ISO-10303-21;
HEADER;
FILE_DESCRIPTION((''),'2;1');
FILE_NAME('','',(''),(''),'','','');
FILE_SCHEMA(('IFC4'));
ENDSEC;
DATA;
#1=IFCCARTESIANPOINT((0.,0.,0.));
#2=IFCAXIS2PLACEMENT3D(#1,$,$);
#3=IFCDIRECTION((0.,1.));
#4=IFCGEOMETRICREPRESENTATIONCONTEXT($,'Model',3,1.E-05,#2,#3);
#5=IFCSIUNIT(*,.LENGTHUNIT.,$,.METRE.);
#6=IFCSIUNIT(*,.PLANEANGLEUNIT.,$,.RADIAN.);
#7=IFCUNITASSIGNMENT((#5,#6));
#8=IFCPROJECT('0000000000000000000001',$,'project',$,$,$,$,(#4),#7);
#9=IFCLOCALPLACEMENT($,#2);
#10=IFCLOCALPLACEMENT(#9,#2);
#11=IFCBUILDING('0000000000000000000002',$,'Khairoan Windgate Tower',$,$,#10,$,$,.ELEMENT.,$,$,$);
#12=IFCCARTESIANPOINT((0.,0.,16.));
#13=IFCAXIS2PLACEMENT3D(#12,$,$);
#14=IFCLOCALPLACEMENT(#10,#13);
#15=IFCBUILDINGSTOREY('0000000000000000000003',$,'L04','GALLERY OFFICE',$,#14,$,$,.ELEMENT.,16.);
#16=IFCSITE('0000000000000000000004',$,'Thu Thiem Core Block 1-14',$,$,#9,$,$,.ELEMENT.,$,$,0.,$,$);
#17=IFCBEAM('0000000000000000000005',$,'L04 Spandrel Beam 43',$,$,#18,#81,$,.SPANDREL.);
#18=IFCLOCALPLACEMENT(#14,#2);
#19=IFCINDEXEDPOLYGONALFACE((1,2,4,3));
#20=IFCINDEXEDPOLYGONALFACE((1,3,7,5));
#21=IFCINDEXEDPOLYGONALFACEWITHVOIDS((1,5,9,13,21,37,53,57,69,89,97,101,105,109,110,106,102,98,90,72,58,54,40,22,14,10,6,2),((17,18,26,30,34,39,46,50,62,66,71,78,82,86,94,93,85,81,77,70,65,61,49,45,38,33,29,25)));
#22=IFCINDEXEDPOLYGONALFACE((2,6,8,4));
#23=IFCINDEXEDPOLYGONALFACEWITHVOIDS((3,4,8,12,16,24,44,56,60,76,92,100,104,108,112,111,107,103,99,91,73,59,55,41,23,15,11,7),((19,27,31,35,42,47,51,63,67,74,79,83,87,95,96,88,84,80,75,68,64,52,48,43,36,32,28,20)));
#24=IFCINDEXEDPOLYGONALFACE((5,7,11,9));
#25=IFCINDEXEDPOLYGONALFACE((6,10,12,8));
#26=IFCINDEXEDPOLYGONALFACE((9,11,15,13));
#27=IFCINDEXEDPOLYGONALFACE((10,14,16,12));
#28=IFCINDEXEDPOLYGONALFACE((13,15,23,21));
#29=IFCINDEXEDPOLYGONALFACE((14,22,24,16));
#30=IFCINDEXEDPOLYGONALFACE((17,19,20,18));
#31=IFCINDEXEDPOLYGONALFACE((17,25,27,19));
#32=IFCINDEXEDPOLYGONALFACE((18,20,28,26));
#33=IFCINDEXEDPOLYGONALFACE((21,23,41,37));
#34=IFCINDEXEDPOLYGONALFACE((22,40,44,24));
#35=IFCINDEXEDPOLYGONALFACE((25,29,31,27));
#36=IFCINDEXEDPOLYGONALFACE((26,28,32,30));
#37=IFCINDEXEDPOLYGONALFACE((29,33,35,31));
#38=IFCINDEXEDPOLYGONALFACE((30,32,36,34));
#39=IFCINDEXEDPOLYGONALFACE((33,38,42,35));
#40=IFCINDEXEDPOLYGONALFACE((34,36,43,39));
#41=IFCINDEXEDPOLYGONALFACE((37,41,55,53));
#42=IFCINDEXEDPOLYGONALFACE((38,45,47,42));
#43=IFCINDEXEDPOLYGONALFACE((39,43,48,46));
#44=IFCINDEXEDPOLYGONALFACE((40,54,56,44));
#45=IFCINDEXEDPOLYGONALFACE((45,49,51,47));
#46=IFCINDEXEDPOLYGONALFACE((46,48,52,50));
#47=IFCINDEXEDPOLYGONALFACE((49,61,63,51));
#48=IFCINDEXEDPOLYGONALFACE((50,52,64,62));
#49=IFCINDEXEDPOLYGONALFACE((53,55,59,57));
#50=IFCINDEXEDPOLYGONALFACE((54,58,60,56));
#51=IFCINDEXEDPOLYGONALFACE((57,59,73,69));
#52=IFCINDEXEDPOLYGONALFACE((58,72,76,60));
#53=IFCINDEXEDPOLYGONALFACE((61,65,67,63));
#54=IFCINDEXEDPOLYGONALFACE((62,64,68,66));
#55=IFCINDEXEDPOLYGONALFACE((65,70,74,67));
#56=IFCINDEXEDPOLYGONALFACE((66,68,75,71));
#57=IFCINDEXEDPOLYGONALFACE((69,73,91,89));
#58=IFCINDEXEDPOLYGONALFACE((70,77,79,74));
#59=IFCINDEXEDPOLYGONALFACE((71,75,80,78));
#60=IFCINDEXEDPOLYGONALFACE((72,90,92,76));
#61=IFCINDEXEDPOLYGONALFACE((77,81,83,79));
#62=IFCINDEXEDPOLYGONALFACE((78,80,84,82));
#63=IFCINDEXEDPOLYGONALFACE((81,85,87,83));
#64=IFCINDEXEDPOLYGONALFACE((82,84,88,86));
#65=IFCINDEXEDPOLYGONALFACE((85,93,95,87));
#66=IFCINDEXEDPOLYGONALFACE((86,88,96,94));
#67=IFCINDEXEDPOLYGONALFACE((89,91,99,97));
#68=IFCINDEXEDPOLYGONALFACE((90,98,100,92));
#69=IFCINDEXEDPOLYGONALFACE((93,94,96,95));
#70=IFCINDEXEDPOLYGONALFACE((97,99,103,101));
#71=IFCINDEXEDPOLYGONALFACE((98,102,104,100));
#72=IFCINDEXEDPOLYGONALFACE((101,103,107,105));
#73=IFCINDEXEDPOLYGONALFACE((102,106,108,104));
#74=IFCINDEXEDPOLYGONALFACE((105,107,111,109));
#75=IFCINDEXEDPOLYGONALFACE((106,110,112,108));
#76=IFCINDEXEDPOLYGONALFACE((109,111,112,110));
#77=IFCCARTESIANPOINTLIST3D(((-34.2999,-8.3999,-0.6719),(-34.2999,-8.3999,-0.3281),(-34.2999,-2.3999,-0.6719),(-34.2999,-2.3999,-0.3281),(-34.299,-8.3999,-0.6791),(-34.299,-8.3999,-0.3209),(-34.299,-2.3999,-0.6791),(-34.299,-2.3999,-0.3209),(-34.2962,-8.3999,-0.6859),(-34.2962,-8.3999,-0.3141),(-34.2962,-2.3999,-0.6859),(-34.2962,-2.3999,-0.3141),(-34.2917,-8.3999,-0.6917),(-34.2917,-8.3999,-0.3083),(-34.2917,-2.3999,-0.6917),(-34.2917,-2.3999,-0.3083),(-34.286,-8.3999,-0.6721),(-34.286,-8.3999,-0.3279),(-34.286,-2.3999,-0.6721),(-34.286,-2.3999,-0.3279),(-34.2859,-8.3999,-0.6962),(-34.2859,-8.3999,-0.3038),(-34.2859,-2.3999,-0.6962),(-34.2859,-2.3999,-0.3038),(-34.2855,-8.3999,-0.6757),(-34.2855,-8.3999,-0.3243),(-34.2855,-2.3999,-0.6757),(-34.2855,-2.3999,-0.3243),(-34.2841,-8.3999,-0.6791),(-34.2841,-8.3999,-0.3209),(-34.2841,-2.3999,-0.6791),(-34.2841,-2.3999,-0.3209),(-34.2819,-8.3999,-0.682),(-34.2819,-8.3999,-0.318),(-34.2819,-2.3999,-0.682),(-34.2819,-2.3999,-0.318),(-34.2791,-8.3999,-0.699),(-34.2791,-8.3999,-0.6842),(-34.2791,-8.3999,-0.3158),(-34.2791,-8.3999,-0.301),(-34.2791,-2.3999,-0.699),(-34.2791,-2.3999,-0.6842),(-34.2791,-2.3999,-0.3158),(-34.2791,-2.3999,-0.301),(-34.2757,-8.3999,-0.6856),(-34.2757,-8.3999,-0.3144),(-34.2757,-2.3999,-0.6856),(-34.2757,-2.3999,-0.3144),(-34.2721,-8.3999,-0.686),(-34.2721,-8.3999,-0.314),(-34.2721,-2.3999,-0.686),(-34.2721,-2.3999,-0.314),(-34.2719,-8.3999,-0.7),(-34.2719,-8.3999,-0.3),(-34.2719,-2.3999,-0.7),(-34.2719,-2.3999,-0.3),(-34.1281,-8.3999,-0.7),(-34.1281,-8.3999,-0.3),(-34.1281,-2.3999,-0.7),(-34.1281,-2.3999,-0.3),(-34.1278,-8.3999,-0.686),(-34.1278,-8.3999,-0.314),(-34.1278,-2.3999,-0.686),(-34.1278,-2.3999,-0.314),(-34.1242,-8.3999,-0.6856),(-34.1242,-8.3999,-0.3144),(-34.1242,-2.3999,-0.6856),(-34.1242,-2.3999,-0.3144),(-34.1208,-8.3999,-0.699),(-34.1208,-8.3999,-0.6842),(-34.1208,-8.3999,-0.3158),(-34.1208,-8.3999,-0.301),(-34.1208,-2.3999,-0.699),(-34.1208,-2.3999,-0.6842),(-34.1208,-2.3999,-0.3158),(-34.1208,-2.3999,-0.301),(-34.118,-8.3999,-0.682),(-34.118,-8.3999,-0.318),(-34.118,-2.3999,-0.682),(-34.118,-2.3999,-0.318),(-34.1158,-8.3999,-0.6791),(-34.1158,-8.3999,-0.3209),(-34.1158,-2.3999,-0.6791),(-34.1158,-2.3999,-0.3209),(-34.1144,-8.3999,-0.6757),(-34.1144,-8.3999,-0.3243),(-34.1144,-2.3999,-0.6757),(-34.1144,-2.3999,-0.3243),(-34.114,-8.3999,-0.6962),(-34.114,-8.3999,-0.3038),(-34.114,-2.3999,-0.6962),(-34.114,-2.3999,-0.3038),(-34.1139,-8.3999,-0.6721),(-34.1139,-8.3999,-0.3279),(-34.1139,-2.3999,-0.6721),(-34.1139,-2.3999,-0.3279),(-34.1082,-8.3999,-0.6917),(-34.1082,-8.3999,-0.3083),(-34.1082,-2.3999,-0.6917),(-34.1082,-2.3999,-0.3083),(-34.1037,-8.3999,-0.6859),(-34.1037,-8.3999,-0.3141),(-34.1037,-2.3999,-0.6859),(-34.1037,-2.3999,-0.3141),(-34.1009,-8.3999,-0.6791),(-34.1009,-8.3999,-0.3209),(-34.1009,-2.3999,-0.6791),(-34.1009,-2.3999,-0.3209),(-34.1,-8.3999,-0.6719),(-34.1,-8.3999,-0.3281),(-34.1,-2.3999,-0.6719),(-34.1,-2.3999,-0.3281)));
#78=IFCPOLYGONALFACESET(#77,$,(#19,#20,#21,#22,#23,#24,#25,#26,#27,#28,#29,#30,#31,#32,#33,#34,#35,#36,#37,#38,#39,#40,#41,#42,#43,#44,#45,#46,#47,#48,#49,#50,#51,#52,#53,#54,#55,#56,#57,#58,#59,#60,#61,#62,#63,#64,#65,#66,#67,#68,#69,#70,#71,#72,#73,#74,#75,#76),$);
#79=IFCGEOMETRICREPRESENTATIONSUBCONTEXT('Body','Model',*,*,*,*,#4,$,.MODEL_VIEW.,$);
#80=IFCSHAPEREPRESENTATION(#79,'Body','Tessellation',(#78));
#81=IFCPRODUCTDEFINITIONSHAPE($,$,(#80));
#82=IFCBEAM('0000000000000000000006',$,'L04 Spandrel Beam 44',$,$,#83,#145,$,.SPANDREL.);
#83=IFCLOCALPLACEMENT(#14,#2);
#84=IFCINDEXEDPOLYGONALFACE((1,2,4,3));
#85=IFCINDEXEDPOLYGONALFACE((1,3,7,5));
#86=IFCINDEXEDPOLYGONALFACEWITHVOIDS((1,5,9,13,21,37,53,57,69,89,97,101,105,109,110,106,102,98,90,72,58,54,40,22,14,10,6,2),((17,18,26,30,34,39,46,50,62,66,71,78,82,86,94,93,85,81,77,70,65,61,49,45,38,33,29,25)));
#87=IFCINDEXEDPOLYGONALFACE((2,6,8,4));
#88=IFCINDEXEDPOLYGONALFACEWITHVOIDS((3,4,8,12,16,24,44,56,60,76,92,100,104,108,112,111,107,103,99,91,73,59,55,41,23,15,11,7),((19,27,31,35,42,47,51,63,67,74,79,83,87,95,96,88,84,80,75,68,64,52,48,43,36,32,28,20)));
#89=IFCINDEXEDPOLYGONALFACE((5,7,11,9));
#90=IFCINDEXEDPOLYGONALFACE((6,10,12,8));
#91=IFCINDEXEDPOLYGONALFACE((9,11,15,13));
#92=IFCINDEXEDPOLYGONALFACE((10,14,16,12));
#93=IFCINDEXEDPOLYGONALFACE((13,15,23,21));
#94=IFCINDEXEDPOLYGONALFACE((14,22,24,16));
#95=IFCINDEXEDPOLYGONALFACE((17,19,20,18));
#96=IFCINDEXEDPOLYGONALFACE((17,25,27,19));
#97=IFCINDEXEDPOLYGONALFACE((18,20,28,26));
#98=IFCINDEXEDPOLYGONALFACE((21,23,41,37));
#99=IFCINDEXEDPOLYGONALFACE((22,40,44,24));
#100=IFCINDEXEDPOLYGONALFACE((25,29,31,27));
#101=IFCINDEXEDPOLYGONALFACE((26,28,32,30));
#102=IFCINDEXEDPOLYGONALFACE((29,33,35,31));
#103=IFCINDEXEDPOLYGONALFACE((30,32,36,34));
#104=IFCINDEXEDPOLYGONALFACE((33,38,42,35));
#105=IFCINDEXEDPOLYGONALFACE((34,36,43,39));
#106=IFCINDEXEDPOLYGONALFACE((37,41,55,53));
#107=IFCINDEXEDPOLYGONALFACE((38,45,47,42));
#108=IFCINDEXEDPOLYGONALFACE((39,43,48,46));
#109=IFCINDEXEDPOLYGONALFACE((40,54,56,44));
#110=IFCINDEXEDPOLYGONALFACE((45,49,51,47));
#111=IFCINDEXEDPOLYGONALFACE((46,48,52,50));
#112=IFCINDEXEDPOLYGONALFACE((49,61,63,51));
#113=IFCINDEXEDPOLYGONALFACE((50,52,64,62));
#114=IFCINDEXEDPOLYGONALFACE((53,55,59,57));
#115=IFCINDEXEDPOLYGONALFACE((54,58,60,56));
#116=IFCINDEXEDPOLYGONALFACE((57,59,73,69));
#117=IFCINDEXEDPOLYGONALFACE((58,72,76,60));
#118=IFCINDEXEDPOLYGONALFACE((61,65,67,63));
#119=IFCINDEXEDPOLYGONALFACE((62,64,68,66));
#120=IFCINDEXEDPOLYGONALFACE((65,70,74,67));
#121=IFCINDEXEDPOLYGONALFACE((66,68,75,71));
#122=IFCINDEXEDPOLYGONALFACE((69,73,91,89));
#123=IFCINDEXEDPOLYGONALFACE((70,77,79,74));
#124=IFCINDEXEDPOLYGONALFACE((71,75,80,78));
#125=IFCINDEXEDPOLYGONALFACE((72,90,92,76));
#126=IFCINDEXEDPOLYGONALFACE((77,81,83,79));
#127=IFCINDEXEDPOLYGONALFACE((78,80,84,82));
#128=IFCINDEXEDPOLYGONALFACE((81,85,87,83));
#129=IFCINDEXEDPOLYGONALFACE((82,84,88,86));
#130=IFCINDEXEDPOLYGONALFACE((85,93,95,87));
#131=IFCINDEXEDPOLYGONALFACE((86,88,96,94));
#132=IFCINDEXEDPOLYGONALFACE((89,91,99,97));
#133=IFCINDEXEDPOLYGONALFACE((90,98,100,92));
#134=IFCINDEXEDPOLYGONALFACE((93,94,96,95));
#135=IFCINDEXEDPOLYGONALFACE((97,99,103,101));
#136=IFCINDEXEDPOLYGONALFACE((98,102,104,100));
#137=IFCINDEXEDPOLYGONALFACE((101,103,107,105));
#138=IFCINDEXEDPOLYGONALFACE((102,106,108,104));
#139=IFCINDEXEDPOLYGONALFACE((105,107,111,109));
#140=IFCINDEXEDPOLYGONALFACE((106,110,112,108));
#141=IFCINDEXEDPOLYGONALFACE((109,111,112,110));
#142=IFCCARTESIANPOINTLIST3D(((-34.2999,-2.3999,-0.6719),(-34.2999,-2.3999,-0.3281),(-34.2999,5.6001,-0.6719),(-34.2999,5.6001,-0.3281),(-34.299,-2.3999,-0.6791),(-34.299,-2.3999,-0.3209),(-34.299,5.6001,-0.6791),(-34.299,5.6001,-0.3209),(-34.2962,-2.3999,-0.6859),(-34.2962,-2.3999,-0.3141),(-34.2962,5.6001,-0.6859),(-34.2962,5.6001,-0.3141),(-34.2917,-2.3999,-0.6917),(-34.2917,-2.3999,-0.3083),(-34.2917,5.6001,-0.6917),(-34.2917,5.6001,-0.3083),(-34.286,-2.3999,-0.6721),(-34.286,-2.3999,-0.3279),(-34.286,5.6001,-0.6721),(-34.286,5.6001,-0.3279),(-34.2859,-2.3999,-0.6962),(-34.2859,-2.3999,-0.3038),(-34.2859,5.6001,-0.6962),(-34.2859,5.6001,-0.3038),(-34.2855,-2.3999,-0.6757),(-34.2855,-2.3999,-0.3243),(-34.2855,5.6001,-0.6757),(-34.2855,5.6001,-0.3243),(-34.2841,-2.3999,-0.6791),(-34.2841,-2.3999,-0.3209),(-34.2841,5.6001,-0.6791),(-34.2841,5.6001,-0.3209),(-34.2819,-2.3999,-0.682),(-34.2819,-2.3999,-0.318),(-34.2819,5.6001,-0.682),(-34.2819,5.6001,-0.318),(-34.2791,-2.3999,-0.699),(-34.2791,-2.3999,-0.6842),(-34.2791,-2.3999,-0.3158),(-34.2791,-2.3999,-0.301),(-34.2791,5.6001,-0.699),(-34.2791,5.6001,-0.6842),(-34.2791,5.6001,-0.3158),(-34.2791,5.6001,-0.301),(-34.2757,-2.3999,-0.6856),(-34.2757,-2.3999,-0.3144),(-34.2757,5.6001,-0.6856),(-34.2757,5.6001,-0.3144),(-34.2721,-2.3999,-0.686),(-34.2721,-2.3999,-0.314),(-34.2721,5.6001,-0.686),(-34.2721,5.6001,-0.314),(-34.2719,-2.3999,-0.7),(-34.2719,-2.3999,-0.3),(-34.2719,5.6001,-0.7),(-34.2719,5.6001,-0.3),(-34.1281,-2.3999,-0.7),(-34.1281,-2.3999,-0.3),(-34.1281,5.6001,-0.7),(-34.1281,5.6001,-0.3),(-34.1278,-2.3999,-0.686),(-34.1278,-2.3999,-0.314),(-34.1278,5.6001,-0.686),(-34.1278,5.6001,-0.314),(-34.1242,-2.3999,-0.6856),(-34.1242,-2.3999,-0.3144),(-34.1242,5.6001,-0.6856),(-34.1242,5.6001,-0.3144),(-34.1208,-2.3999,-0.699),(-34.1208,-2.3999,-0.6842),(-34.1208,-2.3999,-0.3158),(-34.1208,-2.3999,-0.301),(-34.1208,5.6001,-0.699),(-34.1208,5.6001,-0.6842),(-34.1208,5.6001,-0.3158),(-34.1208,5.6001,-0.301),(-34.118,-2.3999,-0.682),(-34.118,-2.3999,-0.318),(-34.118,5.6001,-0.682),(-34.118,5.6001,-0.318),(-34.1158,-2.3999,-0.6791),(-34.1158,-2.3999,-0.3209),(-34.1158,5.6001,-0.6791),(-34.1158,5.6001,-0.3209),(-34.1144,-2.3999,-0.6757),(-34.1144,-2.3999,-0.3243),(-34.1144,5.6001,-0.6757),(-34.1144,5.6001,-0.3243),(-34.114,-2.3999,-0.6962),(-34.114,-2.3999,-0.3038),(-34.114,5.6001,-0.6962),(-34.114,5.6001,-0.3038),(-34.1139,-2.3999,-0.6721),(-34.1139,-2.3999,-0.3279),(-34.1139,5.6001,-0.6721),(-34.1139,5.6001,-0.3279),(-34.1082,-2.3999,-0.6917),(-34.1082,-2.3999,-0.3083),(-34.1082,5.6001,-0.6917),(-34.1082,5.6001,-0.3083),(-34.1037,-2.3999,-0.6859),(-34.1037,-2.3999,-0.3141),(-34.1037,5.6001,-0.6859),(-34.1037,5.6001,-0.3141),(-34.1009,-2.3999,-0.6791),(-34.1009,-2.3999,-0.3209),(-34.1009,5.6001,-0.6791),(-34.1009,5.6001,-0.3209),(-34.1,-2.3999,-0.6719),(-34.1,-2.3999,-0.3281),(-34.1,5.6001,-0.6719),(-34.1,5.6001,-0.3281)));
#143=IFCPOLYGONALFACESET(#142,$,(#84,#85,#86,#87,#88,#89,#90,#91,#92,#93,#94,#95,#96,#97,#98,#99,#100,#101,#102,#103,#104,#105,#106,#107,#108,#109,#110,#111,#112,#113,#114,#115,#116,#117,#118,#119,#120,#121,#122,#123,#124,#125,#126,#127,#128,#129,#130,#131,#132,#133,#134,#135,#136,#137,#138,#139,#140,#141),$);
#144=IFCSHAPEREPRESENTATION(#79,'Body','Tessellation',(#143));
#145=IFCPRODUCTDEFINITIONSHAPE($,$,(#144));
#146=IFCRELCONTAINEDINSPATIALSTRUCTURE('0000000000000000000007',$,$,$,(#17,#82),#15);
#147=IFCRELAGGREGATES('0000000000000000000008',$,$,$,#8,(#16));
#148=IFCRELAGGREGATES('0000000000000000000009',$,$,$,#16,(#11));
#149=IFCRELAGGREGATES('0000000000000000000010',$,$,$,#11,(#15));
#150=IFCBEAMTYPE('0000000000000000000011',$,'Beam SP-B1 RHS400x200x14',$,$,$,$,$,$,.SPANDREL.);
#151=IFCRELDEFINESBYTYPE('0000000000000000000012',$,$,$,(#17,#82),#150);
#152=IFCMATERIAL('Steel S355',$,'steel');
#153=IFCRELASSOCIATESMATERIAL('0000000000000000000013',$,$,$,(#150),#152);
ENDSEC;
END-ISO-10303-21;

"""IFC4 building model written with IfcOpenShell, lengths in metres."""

from ifc_helpers import new_model, si_unit, direction, frame, origin, origin_2d, place, context, subcontext, project, spatial, hollow_rectangle, extrude, material, material_profile, profile_set, type_object, element, save


model = new_model("IFC4")

# Units and contexts
model_context = context("Model", 3, precision=1e-05, world=origin(), true_north=direction((0.0, 1.0)))
body_context = subcontext(model_context, "Body", "Model", "MODEL_VIEW")
ifc_project = project(units=[si_unit("LENGTHUNIT", "METRE"), si_unit("PLANEANGLEUNIT", "RADIAN")], contexts=[model_context])

# Site, building, storey
site_placement = place(None, origin())
site = spatial("IfcSite", under=ifc_project, at=site_placement, Name="Thu Thiem Core Block 1-14", CompositionType="ELEMENT", RefElevation=0.0)
building_placement = place(site_placement, origin())
building = spatial("IfcBuilding", under=site, at=building_placement, Name="Khairoan Windgate Tower", CompositionType="ELEMENT")
storey_placement = place(building_placement, frame((0.0, 0.0, 16.0)))
storey = spatial("IfcBuildingStorey", under=building, at=storey_placement, Name="L04", Description="GALLERY OFFICE", CompositionType="ELEMENT", Elevation=16.0)

# Beams
ifc_material_1 = material(Name="Steel S355", Category="steel")
ifc_material_profile_1 = material_profile(ifc_material_1, hollow_rectangle(XDim=0.2, YDim=0.3999, WallThickness=0.0139, InnerFilletRadius=0.0139, OuterFilletRadius=0.0281, at=origin_2d()))
ifc_profile_set_1 = profile_set([ifc_material_profile_1], Name="Steel S355")
beam_type_1 = type_object("IfcBeamType", Name="Beam SP-B1 RHS400x200x14", PredefinedType="SPANDREL", material=ifc_profile_set_1)
beam_1_placement = place(storey_placement, frame((-34.2, -8.3999, -0.5), z_axis=(0.0, 1.0, 0.0), x_axis=(-1.0, 0.0, 0.0)))
element("IfcBeam", 1, at=beam_1_placement, inside=storey, type_object=beam_type_1, Name="L04 Spandrel Beam 43", PredefinedType="SPANDREL", context=body_context, shape_type="SweptSolid", body=[
    extrude(hollow_rectangle(XDim=0.2, YDim=0.3999, WallThickness=0.0139, InnerFilletRadius=0.0139, OuterFilletRadius=0.0281, at=origin_2d()), origin(), (0.0, 0.0, 1.0), 6.0),
])
beam_2_placement = place(storey_placement, frame((-34.2, -2.3999, -0.5), z_axis=(0.0, 1.0, 0.0), x_axis=(-1.0, 0.0, 0.0)))
element("IfcBeam", 2, at=beam_2_placement, inside=storey, type_object=beam_type_1, Name="L04 Spandrel Beam 44", PredefinedType="SPANDREL", context=body_context, shape_type="SweptSolid", body=[
    extrude(hollow_rectangle(XDim=0.2, YDim=0.3999, WallThickness=0.0139, InnerFilletRadius=0.0139, OuterFilletRadius=0.0281, at=origin_2d()), origin(), (0.0, 0.0, 1.0), 8.0),
])

save(model, "model.ifc")
